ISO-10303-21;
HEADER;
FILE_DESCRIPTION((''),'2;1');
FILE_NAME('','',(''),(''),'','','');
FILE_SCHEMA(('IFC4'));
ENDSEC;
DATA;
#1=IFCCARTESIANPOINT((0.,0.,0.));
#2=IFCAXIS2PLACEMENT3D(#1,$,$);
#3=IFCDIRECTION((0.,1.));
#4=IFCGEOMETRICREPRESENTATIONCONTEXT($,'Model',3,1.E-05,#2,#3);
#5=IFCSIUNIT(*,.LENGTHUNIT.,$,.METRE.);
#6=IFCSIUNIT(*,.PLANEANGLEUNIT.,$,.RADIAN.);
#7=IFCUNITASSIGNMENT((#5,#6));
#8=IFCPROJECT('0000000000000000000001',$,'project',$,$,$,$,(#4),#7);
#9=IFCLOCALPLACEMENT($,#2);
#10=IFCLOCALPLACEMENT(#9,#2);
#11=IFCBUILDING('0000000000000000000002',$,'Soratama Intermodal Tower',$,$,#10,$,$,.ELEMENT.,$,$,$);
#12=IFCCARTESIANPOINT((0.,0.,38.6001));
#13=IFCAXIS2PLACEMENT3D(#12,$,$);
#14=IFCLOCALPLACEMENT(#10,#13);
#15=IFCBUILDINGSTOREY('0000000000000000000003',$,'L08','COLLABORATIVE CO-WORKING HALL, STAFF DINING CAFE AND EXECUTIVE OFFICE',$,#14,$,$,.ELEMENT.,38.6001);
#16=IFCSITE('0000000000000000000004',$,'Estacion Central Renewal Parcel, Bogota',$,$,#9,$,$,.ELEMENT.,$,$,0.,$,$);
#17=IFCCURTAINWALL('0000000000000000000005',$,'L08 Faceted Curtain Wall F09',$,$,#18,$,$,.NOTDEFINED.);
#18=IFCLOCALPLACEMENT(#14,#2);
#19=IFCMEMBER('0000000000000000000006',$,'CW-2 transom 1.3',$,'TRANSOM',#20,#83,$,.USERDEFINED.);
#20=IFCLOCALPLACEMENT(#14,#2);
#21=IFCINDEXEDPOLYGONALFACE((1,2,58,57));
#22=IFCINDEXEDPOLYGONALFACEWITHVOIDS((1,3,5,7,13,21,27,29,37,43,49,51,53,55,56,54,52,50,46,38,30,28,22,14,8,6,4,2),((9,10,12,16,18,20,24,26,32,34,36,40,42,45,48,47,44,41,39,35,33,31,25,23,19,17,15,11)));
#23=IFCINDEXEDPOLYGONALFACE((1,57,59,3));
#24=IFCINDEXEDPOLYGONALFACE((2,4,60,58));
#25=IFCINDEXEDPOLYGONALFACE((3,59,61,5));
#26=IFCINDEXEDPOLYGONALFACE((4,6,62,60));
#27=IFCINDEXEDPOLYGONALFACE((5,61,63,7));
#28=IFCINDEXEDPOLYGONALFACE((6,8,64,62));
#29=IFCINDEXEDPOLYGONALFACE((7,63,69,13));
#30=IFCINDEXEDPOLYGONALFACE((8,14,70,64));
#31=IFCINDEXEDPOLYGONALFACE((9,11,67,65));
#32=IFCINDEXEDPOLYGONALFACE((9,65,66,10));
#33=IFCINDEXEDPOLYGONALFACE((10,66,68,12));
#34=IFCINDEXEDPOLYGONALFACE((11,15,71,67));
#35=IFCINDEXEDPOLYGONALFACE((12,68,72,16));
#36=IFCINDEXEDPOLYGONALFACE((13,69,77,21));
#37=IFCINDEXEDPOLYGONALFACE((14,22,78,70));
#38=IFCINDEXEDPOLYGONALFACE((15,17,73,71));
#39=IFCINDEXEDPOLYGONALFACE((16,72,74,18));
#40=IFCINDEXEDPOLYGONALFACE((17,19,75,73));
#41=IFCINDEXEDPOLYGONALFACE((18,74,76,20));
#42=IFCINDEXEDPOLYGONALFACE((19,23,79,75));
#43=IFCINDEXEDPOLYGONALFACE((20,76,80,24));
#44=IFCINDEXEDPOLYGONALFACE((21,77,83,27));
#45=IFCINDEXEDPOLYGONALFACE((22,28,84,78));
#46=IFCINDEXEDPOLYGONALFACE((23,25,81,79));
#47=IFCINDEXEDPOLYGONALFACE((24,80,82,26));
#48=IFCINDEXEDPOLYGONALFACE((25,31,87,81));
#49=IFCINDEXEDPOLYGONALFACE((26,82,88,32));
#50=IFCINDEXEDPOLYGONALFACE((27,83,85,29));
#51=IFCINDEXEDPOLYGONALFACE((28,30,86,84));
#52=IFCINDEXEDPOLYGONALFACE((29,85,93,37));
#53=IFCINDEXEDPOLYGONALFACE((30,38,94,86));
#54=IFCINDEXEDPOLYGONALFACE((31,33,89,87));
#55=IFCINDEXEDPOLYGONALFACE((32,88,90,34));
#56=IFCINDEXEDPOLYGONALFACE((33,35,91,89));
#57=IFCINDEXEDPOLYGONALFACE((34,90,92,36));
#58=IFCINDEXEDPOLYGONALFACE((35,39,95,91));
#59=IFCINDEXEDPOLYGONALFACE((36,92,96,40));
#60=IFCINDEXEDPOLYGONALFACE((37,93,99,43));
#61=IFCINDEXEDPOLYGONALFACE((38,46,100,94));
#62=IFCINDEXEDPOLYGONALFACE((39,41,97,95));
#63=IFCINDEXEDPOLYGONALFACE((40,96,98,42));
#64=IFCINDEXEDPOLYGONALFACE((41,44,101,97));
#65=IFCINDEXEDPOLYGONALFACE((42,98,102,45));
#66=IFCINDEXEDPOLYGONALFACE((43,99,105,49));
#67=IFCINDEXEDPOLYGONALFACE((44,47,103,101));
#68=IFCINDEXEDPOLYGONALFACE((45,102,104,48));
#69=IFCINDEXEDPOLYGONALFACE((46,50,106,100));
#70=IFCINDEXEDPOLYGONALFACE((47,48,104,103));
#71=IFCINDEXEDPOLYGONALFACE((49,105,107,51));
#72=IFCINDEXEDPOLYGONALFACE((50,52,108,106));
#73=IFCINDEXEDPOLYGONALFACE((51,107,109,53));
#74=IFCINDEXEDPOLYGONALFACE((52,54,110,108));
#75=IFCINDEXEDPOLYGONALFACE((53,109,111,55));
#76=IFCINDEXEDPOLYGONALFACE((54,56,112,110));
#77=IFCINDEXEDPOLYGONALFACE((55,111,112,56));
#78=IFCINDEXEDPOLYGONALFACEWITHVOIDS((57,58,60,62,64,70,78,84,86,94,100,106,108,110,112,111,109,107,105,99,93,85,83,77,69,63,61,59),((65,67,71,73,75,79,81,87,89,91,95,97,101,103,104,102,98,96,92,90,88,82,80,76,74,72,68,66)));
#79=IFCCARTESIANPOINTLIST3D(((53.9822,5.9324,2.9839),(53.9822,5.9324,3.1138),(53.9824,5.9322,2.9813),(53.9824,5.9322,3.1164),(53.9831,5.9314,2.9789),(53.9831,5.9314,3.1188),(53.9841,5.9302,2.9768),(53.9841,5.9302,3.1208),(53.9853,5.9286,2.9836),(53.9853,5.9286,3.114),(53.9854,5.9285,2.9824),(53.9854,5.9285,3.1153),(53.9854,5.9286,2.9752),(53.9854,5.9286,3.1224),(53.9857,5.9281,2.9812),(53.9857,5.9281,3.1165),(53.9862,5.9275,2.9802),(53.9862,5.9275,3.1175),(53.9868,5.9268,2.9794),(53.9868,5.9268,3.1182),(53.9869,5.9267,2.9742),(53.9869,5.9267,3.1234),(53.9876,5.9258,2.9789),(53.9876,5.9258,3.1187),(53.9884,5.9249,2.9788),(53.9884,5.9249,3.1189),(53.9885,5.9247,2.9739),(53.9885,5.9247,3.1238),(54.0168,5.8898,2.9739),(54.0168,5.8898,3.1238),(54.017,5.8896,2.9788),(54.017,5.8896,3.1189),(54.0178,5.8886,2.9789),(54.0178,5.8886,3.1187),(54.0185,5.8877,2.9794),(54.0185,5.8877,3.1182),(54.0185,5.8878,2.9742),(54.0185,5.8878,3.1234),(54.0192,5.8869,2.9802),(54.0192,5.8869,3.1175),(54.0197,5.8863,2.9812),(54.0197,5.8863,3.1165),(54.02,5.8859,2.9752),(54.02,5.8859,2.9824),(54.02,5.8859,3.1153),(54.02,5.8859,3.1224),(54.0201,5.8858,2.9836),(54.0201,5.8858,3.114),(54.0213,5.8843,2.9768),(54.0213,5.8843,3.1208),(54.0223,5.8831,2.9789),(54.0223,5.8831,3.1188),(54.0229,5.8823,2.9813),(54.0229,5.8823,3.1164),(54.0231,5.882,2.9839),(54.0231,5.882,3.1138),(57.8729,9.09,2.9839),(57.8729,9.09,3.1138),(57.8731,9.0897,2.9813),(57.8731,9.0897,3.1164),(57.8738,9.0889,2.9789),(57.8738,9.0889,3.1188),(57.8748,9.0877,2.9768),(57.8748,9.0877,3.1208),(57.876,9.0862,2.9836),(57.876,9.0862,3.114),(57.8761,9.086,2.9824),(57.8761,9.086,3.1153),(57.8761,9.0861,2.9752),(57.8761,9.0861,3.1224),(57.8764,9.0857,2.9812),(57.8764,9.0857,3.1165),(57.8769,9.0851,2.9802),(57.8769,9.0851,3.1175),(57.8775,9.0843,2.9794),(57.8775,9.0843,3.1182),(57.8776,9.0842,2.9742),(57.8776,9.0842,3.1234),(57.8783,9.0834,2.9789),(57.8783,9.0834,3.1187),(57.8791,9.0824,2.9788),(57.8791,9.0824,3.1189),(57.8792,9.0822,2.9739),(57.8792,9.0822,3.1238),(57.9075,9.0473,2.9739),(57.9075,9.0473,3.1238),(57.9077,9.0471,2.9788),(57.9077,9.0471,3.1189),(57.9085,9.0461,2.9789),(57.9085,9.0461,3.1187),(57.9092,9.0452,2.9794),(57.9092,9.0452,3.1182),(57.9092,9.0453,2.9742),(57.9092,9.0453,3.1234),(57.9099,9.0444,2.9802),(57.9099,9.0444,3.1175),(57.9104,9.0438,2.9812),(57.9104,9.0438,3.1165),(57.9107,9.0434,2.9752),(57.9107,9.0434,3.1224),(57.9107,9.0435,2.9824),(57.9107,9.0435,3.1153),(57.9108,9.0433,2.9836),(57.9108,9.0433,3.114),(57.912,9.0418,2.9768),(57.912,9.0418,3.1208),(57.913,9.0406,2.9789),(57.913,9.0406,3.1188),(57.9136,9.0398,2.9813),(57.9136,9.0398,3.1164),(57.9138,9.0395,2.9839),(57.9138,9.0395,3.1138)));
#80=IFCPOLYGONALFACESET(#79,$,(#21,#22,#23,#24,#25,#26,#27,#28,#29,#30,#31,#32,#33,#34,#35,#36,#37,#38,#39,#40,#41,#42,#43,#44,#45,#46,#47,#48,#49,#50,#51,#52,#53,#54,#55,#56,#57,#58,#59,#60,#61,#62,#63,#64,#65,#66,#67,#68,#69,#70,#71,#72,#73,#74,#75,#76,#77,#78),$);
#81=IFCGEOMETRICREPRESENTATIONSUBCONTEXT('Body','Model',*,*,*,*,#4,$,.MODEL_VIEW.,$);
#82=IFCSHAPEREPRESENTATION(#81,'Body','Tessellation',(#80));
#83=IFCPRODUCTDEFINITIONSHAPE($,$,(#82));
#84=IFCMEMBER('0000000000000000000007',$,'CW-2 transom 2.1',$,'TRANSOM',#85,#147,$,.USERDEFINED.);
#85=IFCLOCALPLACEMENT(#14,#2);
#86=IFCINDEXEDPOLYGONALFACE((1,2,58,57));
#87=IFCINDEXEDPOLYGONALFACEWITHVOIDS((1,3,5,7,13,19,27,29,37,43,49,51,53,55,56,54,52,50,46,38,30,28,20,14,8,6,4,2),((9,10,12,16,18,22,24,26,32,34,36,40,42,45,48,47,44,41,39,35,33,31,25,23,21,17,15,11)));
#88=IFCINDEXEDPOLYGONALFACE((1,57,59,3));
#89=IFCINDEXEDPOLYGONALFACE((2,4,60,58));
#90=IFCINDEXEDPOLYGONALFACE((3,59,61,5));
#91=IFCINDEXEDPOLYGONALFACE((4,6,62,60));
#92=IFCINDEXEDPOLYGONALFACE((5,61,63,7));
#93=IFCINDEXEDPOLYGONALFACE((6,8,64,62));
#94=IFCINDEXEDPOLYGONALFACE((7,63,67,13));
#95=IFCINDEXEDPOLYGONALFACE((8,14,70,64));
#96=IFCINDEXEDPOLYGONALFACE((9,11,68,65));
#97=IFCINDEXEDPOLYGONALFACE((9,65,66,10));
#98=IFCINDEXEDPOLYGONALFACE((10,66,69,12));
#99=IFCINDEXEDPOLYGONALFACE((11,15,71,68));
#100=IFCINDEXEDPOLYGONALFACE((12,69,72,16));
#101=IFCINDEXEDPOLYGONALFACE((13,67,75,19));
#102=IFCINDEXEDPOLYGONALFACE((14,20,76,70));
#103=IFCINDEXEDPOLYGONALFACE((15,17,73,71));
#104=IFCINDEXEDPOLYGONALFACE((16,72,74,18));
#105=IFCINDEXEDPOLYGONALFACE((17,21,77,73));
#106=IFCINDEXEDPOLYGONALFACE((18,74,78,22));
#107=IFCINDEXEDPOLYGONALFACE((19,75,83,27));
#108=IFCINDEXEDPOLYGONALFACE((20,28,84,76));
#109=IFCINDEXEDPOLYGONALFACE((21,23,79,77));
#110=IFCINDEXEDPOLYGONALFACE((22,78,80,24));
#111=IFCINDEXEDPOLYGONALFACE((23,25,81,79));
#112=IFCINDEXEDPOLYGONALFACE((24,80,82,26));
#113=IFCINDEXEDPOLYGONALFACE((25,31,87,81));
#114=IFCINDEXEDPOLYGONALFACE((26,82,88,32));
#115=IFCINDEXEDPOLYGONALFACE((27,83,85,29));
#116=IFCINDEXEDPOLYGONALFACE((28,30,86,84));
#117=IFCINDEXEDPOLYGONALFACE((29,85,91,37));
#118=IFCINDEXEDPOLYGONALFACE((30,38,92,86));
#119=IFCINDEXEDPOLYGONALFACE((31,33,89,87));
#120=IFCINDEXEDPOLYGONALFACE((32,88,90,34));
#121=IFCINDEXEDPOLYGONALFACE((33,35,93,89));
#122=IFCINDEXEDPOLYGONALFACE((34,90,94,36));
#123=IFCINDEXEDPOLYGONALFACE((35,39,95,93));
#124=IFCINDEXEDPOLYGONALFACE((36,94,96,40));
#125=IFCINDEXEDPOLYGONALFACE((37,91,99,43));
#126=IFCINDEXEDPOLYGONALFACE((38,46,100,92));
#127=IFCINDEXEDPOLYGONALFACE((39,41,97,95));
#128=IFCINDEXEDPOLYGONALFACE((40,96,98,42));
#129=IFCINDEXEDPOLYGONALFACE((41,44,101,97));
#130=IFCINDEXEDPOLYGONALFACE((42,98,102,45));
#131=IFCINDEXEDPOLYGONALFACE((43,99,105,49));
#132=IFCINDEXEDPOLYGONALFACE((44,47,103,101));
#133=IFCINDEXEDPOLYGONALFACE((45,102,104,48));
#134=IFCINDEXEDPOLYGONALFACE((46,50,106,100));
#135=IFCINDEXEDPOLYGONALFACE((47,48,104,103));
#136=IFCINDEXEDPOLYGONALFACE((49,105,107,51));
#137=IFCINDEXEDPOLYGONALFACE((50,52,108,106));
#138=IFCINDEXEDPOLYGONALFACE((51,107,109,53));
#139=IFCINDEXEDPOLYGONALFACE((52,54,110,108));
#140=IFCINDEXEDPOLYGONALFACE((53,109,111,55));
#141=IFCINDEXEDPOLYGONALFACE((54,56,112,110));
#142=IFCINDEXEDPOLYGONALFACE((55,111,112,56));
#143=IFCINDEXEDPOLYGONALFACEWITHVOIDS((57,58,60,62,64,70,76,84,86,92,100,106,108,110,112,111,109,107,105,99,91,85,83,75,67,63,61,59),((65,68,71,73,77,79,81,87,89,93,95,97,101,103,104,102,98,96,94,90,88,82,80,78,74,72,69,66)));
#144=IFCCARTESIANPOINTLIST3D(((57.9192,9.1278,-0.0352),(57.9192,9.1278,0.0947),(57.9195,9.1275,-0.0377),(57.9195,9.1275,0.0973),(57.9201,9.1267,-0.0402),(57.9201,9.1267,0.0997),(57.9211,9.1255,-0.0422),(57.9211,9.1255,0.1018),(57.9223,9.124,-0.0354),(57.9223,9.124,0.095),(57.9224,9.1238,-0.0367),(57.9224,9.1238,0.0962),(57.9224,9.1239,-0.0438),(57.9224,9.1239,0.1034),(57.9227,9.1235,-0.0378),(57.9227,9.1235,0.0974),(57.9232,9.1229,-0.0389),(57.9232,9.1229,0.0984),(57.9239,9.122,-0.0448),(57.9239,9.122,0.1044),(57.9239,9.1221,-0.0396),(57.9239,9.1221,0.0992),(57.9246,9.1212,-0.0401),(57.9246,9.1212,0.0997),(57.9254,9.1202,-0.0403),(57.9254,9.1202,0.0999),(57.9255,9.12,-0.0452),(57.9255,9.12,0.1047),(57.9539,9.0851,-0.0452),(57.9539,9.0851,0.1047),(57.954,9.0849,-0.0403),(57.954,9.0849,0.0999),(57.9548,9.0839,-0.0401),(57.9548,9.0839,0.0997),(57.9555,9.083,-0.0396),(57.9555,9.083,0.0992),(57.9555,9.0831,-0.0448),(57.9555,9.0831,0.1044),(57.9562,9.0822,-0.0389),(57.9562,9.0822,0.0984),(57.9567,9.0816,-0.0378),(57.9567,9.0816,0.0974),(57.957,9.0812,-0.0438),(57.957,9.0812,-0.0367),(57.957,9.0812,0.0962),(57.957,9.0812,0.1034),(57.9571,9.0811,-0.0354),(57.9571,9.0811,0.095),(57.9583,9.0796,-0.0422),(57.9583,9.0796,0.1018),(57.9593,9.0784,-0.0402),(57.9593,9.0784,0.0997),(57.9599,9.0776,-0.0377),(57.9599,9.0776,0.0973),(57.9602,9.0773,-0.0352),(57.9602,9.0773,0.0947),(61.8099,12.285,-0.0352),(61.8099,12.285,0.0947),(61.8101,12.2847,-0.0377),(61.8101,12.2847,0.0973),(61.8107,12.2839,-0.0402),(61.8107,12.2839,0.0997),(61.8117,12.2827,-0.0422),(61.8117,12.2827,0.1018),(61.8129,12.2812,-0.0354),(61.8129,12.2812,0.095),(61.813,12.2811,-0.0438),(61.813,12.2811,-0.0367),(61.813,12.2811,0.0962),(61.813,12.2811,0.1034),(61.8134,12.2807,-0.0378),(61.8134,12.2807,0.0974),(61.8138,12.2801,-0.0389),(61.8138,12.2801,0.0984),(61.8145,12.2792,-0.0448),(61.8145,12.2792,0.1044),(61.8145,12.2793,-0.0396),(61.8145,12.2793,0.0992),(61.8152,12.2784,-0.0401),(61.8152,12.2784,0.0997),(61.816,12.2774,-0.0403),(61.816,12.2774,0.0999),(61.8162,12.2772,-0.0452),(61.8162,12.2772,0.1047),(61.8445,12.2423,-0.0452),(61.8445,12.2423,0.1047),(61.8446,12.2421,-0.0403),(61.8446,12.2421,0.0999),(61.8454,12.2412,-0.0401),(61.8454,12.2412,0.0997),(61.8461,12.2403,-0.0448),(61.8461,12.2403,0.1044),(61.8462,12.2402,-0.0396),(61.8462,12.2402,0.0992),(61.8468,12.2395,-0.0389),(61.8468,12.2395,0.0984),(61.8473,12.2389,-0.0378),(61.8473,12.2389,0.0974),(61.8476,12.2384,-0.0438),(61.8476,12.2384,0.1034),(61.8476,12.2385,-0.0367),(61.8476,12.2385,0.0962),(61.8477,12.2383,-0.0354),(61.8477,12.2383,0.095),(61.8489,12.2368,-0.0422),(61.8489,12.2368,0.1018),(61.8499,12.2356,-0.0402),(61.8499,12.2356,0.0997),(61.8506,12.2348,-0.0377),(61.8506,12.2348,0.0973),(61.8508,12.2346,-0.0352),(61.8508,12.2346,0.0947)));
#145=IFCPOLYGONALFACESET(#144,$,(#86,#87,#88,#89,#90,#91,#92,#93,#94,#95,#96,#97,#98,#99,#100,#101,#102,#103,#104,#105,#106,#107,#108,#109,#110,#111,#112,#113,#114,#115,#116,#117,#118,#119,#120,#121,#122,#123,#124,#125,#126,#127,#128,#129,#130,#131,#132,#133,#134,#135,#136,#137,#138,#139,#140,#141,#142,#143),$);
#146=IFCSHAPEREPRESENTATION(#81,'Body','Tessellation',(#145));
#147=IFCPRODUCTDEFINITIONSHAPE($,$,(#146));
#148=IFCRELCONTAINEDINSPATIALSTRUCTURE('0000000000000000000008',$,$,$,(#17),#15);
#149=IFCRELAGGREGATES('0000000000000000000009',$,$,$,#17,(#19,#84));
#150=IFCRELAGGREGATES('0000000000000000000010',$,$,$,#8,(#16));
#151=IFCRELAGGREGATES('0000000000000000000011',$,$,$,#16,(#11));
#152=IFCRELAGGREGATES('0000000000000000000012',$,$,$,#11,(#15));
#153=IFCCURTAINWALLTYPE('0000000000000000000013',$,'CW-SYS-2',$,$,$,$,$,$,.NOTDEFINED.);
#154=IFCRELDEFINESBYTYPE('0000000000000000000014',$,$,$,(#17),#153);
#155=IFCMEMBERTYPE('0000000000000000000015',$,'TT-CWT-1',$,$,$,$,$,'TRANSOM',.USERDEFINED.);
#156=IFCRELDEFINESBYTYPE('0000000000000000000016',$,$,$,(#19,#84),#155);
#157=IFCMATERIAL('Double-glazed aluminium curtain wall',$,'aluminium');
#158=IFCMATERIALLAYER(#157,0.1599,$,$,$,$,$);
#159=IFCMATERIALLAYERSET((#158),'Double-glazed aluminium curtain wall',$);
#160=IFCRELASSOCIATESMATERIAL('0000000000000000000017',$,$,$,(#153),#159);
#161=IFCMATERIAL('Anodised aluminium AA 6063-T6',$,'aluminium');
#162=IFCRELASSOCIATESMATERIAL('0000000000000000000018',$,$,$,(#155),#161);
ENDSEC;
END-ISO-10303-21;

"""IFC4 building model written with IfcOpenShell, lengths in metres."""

from ifc_helpers import new_model, si_unit, direction, frame, origin, origin_2d, place, context, subcontext, project, spatial, hollow_rectangle, extrude, material, layer, layer_set, material_profile, profile_set, type_object, element, aggregate, save


model = new_model("IFC4")

# Units and contexts
model_context = context("Model", 3, precision=1e-05, world=origin(), true_north=direction((0.0, 1.0)))
body_context = subcontext(model_context, "Body", "Model", "MODEL_VIEW")
ifc_project = project(units=[si_unit("LENGTHUNIT", "METRE"), si_unit("PLANEANGLEUNIT", "RADIAN")], contexts=[model_context])

# Site, building, storey
site_placement = place(None, origin())
site = spatial("IfcSite", under=ifc_project, at=site_placement, Name="Estacion Central Renewal Parcel, Bogota", CompositionType="ELEMENT", RefElevation=0.0)
building_placement = place(site_placement, origin())
building = spatial("IfcBuilding", under=site, at=building_placement, Name="Soratama Intermodal Tower", CompositionType="ELEMENT")
storey_placement = place(building_placement, frame((0.0, 0.0, 38.6001)))
storey = spatial("IfcBuildingStorey", under=building, at=storey_placement, Name="L08", Description="COLLABORATIVE CO-WORKING HALL, STAFF DINING CAFE AND EXECUTIVE OFFICE", CompositionType="ELEMENT", Elevation=38.6001)

# Curtain wall, members
ifc_material_1 = material(Name="Double-glazed aluminium curtain wall", Category="aluminium")
ifc_layer_1 = layer(ifc_material_1, 0.1599)
ifc_layer_set_1 = layer_set([ifc_layer_1], Name="Double-glazed aluminium curtain wall")
curtain_wall_type = type_object("IfcCurtainWallType", Name="CW-SYS-2", PredefinedType="NOTDEFINED", material=ifc_layer_set_1)
curtain_wall_placement = place(storey_placement, origin())
curtain_wall = element("IfcCurtainWall", 1, at=curtain_wall_placement, inside=storey, type_object=curtain_wall_type, Name="L08 Faceted Curtain Wall F09", PredefinedType="NOTDEFINED")
ifc_material_2 = material(Name="Anodised aluminium AA 6063-T6", Category="aluminium")
ifc_material_profile_1 = material_profile(ifc_material_2, hollow_rectangle(XDim=0.0649, YDim=0.1499, WallThickness=0.0049, InnerFilletRadius=0.0049, OuterFilletRadius=0.01, at=origin_2d()), Name="CWT150X65X5")
ifc_profile_set_1 = profile_set([ifc_material_profile_1], Name="Anodised aluminium AA 6063-T6")
member_type_1 = type_object("IfcMemberType", Name="TT-CWT-1", ElementType="TRANSOM", PredefinedType="USERDEFINED", material=ifc_profile_set_1)
member_1_placement = place(storey_placement, frame((54.0027, 5.9072, 3.0488), z_axis=(0.776472, 0.630152, 0.0), x_axis=(-0.630152, 0.776472, 0.0)))
member_1 = element("IfcMember", 2, at=member_1_placement, type_object=member_type_1, Name="CW-2 transom 1.3", ObjectType="TRANSOM", PredefinedType="USERDEFINED", context=body_context, shape_type="SweptSolid", body=[
    extrude(hollow_rectangle(XDim=0.0649, YDim=0.1499, WallThickness=0.0049, InnerFilletRadius=0.0049, OuterFilletRadius=0.01, at=origin_2d()), origin(), (0.0, 0.0, 1.0), 5.0107),
])
member_2_placement = place(storey_placement, frame((57.9397, 9.1025, 0.0298), z_axis=(0.776495, 0.630123, 0.0), x_axis=(-0.630123, 0.776495, 0.0)))
member_2 = element("IfcMember", 3, at=member_2_placement, type_object=member_type_1, Name="CW-2 transom 2.1", ObjectType="TRANSOM", PredefinedType="USERDEFINED", context=body_context, shape_type="SweptSolid", body=[
    extrude(hollow_rectangle(XDim=0.0649, YDim=0.1499, WallThickness=0.0049, InnerFilletRadius=0.0049, OuterFilletRadius=0.01, at=origin_2d()), origin(), (0.0, 0.0, 1.0), 5.0105),
])
aggregate(curtain_wall, [member_1, member_2])

save(model, "model.ifc")
